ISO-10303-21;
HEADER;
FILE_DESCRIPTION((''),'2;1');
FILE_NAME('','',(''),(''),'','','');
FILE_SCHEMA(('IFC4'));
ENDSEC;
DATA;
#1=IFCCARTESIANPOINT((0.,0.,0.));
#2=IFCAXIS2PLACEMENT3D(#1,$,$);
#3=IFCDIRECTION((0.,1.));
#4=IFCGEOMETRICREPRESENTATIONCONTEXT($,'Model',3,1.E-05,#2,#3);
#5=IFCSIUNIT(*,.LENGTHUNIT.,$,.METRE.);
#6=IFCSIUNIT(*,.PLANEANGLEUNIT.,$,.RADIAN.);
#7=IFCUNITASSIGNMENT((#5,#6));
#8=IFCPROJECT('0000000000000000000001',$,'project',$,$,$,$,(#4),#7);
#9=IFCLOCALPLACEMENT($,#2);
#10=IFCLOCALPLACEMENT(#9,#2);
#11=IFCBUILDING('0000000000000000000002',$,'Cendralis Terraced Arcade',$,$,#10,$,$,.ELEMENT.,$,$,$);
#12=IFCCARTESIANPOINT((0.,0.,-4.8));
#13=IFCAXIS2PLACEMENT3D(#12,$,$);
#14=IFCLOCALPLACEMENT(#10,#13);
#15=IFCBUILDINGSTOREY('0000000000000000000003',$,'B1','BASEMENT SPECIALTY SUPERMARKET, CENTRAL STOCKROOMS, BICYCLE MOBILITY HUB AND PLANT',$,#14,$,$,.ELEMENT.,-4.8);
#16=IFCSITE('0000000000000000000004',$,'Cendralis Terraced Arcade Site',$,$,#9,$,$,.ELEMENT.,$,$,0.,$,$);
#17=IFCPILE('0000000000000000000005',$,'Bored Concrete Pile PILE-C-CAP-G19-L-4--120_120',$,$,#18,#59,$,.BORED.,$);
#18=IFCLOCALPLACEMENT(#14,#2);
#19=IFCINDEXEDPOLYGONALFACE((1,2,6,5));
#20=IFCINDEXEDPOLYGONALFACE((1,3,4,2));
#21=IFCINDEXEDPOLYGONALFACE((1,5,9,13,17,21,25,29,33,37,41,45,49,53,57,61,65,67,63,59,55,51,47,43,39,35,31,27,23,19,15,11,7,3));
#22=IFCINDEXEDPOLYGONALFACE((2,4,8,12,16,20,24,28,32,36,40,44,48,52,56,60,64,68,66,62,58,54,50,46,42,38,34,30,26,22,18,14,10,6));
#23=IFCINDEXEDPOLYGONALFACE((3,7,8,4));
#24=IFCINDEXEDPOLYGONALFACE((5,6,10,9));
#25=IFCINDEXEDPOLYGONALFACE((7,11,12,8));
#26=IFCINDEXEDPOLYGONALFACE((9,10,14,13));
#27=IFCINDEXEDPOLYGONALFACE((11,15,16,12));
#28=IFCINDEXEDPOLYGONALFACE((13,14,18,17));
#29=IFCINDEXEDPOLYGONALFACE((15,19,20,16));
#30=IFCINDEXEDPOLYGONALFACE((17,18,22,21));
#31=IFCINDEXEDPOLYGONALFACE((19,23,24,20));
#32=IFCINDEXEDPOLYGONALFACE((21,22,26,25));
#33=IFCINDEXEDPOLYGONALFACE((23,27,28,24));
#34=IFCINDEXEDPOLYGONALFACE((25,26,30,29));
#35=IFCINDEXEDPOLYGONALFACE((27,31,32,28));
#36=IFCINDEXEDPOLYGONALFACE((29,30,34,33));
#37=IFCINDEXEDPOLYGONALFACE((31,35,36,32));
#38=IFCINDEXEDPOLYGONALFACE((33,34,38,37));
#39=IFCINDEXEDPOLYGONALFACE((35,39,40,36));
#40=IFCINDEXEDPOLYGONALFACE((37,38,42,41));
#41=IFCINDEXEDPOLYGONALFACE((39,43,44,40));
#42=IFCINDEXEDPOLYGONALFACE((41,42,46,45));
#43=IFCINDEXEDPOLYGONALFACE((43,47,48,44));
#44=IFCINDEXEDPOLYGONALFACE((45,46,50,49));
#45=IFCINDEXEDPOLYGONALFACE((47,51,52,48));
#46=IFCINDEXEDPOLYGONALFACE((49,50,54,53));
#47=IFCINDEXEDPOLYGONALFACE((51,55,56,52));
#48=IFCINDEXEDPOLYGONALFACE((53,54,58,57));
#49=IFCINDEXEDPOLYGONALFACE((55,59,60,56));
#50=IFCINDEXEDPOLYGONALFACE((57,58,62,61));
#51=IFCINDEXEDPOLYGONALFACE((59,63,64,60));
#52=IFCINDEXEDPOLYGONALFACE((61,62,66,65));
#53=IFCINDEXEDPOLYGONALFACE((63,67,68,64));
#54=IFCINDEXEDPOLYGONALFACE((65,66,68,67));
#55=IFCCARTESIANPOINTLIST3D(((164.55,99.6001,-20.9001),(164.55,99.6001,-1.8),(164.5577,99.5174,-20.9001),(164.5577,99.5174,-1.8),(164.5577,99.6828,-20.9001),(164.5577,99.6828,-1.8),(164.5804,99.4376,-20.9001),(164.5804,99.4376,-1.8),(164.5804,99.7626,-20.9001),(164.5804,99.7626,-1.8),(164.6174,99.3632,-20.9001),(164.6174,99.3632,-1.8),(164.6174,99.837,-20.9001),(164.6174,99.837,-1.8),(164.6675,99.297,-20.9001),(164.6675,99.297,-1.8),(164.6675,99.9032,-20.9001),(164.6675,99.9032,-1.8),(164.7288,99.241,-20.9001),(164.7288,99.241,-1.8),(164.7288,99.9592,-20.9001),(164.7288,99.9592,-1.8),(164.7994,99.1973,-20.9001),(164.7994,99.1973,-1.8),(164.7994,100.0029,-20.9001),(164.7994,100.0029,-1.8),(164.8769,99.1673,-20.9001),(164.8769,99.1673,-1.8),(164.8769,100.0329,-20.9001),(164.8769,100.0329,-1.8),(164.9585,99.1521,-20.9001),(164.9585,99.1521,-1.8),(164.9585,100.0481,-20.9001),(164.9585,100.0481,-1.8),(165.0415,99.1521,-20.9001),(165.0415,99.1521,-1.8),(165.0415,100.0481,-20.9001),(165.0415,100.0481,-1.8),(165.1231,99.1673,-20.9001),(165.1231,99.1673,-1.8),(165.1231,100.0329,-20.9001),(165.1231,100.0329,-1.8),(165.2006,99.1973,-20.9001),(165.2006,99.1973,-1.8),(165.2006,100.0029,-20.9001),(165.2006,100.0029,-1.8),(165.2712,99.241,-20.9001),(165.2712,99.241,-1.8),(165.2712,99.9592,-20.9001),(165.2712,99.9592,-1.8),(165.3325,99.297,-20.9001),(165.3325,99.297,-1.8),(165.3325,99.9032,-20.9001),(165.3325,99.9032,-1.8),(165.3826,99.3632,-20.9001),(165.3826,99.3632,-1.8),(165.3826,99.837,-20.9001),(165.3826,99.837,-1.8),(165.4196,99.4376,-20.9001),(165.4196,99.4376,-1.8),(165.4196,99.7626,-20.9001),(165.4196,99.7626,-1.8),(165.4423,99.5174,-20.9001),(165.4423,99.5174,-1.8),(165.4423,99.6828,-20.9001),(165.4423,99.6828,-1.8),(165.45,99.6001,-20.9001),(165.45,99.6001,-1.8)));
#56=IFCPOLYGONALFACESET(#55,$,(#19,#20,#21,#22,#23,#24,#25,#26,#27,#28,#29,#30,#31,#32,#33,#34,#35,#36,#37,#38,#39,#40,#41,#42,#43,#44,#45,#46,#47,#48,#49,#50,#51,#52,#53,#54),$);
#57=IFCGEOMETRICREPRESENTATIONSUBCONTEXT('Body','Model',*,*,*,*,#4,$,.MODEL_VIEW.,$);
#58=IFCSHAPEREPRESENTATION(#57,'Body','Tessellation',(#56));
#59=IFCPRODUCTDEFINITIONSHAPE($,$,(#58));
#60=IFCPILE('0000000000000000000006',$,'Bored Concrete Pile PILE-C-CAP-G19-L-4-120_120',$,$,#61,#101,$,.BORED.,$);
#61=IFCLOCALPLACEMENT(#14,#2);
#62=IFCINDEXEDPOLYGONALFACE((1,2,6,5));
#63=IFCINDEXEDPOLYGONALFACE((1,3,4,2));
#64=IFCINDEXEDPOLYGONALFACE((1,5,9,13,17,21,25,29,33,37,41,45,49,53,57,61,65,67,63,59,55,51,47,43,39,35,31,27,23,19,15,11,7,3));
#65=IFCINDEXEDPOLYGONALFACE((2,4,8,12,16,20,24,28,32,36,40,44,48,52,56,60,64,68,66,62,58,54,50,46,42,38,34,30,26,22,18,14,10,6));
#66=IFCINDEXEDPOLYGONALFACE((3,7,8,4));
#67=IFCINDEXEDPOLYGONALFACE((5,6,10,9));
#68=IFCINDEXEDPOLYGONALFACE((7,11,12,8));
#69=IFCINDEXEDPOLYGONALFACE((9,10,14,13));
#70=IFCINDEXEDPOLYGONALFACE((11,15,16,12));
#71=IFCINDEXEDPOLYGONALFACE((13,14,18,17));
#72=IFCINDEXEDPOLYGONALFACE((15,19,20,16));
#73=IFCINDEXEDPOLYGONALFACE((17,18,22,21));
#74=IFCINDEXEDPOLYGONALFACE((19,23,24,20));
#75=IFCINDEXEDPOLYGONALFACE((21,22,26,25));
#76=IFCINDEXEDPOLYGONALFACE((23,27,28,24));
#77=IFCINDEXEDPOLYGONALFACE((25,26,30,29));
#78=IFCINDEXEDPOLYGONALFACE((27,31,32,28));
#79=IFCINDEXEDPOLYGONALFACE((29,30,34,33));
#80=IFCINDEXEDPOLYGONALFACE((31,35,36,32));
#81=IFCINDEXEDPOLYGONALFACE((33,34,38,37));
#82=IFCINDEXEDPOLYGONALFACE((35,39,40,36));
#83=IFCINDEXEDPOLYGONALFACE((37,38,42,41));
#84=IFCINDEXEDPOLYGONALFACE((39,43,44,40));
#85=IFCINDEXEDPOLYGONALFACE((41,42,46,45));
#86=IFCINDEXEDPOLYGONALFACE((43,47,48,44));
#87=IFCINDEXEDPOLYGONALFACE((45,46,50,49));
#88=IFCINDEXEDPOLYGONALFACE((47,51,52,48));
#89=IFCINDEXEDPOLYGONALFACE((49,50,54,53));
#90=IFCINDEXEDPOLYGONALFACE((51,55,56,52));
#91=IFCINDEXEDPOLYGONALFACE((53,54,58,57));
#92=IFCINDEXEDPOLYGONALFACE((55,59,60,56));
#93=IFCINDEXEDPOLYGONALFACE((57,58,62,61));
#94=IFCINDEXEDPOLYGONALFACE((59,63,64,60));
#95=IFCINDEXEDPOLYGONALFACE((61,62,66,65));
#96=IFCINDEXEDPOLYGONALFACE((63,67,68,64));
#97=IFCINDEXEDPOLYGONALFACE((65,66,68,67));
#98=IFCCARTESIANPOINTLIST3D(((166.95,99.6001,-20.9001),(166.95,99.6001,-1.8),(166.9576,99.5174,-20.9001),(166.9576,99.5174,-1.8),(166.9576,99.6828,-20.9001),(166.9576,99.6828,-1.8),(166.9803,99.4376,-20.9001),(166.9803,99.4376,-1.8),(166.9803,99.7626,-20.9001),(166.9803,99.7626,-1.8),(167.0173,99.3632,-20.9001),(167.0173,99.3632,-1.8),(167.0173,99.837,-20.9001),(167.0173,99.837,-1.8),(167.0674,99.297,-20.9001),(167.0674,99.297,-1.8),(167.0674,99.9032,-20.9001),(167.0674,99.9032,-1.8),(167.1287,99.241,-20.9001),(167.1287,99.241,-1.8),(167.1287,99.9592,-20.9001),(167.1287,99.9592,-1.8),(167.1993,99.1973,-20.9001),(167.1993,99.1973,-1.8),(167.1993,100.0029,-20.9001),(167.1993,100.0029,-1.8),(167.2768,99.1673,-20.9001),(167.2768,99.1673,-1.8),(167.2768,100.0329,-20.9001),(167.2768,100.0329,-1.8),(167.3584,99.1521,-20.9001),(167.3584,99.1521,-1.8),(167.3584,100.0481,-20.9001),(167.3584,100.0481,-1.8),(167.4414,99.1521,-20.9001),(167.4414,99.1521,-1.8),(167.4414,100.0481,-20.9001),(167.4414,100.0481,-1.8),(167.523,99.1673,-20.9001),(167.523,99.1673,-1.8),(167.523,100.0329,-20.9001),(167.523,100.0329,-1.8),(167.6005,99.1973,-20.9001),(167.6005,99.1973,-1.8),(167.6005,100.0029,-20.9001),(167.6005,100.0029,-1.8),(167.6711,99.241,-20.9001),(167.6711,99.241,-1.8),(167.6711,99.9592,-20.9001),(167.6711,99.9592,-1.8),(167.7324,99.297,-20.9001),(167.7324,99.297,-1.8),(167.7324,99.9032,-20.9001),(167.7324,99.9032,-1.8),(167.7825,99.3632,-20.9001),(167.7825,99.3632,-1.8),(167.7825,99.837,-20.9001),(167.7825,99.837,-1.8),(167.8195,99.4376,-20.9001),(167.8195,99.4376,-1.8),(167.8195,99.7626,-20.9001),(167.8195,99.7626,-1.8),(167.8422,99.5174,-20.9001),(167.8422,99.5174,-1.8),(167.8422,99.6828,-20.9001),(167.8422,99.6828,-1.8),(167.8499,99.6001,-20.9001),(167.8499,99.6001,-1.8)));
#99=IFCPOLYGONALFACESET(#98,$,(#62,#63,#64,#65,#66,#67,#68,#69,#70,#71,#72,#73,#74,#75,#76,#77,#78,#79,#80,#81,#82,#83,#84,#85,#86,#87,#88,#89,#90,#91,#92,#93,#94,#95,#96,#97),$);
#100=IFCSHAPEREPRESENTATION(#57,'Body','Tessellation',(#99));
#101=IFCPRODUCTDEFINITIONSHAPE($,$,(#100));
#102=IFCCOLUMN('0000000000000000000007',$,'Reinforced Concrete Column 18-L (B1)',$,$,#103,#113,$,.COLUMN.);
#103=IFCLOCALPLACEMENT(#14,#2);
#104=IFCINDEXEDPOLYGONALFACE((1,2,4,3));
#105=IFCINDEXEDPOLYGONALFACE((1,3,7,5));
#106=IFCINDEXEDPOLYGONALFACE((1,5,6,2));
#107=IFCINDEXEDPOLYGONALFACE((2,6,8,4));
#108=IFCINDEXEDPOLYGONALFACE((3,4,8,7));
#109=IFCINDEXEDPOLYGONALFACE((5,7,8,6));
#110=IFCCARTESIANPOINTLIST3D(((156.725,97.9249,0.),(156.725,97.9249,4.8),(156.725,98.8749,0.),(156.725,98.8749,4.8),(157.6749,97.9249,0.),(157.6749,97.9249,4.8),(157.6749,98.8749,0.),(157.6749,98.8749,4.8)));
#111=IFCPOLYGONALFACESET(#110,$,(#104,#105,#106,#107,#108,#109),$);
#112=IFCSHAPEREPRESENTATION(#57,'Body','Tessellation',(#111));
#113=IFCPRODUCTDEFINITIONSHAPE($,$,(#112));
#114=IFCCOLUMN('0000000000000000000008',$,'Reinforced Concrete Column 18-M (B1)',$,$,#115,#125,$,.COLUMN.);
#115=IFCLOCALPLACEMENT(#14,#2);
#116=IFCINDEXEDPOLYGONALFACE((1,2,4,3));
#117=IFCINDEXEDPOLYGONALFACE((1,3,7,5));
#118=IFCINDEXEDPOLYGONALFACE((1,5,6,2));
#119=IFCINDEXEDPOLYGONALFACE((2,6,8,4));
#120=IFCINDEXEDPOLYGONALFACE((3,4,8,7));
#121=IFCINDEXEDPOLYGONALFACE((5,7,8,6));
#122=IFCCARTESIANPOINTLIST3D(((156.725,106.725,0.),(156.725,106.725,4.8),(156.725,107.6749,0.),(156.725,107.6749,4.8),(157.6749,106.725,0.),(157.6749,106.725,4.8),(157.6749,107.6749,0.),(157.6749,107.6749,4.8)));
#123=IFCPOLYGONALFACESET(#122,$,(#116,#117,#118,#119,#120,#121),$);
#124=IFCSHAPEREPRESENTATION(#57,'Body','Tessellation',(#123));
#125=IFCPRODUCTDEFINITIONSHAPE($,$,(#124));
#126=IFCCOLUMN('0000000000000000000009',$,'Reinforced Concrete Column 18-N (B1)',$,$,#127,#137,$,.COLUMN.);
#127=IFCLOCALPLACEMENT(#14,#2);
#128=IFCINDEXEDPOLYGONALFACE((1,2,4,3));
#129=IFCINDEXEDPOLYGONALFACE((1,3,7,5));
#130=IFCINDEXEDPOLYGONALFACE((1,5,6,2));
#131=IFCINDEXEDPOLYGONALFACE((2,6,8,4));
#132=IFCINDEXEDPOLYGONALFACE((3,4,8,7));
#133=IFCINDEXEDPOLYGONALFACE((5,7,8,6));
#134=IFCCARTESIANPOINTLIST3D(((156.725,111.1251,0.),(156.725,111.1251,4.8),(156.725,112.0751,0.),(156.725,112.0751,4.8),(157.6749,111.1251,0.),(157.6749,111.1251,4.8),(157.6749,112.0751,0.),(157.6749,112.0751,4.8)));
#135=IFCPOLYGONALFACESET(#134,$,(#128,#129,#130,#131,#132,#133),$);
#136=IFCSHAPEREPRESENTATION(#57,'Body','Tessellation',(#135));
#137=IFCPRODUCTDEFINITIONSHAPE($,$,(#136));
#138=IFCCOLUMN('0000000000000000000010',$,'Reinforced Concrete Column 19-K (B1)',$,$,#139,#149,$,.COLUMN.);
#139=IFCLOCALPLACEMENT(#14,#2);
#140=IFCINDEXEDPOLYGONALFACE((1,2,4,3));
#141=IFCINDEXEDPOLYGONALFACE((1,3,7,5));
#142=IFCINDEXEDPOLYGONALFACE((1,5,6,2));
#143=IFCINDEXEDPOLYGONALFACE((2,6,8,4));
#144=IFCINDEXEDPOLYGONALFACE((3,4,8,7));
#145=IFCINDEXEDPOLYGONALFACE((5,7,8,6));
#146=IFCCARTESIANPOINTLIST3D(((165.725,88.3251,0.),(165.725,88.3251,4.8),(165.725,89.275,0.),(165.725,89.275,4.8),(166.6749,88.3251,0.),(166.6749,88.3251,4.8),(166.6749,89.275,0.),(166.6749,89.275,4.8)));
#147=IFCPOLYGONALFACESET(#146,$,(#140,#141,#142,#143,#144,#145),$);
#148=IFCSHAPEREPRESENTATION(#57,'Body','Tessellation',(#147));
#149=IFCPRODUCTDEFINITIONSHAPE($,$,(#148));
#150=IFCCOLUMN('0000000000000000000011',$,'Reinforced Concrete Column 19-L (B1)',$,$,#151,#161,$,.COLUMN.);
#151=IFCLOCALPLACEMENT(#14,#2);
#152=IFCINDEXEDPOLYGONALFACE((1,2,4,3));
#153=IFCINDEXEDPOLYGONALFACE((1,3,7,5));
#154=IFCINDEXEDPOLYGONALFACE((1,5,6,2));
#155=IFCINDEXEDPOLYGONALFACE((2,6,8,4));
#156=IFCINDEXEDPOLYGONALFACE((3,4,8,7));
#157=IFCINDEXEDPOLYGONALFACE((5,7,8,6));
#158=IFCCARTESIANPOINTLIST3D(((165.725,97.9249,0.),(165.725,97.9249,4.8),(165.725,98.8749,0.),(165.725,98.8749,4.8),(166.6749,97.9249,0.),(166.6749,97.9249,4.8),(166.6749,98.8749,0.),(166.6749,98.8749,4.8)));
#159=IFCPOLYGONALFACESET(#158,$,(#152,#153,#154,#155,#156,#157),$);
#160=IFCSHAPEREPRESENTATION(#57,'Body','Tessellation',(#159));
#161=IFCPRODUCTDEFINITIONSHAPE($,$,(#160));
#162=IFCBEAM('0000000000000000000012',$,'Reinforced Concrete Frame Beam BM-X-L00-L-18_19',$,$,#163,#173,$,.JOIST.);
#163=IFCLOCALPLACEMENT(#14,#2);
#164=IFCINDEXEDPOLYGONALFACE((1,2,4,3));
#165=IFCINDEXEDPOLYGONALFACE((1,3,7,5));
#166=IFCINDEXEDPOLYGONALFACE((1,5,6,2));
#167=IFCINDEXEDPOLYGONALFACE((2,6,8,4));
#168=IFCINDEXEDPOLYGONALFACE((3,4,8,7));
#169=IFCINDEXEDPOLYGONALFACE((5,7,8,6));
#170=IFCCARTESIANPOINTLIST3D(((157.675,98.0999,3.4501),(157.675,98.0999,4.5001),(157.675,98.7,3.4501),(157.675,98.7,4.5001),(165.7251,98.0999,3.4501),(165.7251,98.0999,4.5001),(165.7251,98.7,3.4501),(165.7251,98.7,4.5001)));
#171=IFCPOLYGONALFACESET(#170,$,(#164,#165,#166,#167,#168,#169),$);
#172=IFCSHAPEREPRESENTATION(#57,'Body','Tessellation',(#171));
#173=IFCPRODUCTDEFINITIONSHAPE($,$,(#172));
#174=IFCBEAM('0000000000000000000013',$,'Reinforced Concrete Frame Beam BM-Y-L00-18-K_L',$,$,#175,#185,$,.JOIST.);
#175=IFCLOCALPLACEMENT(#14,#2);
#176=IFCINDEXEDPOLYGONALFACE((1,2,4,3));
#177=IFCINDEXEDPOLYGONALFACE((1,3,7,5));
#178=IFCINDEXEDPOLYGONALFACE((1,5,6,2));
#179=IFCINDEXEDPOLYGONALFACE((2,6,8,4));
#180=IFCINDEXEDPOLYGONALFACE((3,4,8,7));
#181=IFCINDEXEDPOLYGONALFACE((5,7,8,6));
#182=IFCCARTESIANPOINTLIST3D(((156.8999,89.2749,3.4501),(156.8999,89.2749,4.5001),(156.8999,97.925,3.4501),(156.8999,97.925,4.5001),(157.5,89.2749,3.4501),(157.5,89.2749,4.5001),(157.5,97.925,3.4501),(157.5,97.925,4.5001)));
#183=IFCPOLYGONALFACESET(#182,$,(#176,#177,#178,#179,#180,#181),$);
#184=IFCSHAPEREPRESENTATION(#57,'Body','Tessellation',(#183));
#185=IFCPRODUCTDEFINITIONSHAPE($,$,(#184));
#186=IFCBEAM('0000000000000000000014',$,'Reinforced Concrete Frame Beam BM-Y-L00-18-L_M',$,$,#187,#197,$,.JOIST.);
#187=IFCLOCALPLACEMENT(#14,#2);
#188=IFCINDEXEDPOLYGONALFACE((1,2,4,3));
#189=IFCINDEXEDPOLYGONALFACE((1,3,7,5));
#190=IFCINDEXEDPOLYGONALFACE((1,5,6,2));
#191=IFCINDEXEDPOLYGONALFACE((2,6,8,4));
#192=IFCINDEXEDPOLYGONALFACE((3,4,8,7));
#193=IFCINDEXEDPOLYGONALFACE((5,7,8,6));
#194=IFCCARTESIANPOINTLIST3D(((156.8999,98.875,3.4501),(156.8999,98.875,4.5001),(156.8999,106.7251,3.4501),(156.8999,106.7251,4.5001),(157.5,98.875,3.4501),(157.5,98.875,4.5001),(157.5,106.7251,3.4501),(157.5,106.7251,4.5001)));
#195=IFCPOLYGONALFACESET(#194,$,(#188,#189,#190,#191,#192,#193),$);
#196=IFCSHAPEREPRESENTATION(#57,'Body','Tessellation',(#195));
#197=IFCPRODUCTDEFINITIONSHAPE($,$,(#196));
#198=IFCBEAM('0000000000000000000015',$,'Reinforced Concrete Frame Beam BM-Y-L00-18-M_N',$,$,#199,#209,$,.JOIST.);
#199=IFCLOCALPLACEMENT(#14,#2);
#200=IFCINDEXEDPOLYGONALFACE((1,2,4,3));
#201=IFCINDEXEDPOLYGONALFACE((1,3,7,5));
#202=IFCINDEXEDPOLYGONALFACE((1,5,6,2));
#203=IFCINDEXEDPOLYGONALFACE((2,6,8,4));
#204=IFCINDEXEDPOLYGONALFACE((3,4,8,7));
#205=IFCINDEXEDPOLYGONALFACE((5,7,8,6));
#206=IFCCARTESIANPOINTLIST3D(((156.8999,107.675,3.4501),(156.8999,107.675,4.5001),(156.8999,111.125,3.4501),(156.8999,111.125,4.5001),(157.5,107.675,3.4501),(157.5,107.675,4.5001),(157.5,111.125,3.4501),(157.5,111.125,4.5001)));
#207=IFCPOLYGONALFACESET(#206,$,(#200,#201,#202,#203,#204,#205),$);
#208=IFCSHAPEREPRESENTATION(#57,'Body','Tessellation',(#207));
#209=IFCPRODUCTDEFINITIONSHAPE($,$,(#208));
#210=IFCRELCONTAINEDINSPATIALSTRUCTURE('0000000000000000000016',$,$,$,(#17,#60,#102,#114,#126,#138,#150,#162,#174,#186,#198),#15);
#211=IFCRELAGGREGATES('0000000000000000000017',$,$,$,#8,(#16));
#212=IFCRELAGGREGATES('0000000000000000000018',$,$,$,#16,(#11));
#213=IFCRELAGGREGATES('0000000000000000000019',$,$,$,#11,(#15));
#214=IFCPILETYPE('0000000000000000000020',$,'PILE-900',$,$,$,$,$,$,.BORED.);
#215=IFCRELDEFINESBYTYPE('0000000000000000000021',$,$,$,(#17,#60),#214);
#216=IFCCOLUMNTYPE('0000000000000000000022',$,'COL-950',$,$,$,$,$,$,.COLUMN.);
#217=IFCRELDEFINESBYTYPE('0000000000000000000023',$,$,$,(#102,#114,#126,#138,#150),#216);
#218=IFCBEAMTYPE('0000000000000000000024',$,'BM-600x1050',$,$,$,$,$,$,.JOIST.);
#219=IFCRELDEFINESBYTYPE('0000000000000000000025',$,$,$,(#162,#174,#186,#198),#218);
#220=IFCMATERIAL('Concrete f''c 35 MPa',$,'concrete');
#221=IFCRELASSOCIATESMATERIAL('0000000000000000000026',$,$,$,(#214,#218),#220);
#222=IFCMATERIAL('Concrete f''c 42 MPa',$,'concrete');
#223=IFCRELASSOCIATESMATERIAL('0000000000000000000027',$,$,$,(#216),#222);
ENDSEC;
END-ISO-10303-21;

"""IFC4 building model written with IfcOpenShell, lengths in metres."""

from ifc_helpers import new_model, si_unit, direction, frame, origin, origin_2d, place, context, subcontext, project, spatial, rectangle, circle, extrude, material, material_profile, profile_set, type_object, element, save


model = new_model("IFC4")

# Units and contexts
model_context = context("Model", 3, precision=1e-05, world=origin(), true_north=direction((0.0, 1.0)))
body_context = subcontext(model_context, "Body", "Model", "MODEL_VIEW")
ifc_project = project(units=[si_unit("LENGTHUNIT", "METRE"), si_unit("PLANEANGLEUNIT", "RADIAN")], contexts=[model_context])

# Site, building, storey
site_placement = place(None, origin())
site = spatial("IfcSite", under=ifc_project, at=site_placement, Name="Cendralis Terraced Arcade Site", CompositionType="ELEMENT", RefElevation=0.0)
building_placement = place(site_placement, origin())
building = spatial("IfcBuilding", under=site, at=building_placement, Name="Cendralis Terraced Arcade", CompositionType="ELEMENT")
storey_placement = place(building_placement, frame((0.0, 0.0, -4.8)))
storey = spatial("IfcBuildingStorey", under=building, at=storey_placement, Name="B1", Description="BASEMENT SPECIALTY SUPERMARKET, CENTRAL STOCKROOMS, BICYCLE MOBILITY HUB AND PLANT", CompositionType="ELEMENT", Elevation=-4.8)

# Shared definitions
ifc_material_1 = material(Name="Concrete f'c 35 MPa", Category="concrete")

# Piles
ifc_material_profile_1 = material_profile(ifc_material_1, circle(Radius=0.45, at=origin_2d()), Name="PILE-D900", Category="LoadBearing")
ifc_profile_set_1 = profile_set([ifc_material_profile_1], Name="Concrete f'c 35 MPa")
pile_type_1 = type_object("IfcPileType", Name="PILE-900", PredefinedType="BORED", material=ifc_profile_set_1)
for number, where, z_axis, x_axis, name in (
    (1, (165.0, 99.6001, -1.8), (0.0, 0.0, -1.0), (1.0, 0.0, 0.0), "Bored Concrete Pile PILE-C-CAP-G19-L-4--120_120"),
    (2, (167.3999, 99.6001, -1.8), (0.0, 0.0, -1.0), (1.0, 0.0, 0.0), "Bored Concrete Pile PILE-C-CAP-G19-L-4-120_120"),
):
    element("IfcPile", number, at=place(storey_placement, frame(where, z_axis=z_axis, x_axis=x_axis)), inside=storey, type_object=pile_type_1, Name=name, PredefinedType="BORED", context=body_context, shape_type="SweptSolid", body=[
        extrude(circle(Radius=0.45, at=origin_2d()), origin(), (0.0, 0.0, 1.0), 19.1001),
    ])

# Columns
ifc_material_2 = material(Name="Concrete f'c 42 MPa", Category="concrete")
ifc_material_profile_2 = material_profile(ifc_material_2, rectangle(XDim=0.95, YDim=0.95, at=origin_2d()), Name="RC-COL-950x950", Category="LoadBearing")
ifc_profile_set_2 = profile_set([ifc_material_profile_2], Name="Concrete f'c 42 MPa")
column_type = type_object("IfcColumnType", Name="COL-950", PredefinedType="COLUMN", material=ifc_profile_set_2)
for number, where, z_axis, x_axis, name in (
    (3, (157.2, 98.3999, 0.0), (0.0, 0.0, 1.0), (1.0, 0.0, 0.0), "Reinforced Concrete Column 18-L (B1)"),
    (4, (157.2, 107.2, 0.0), (0.0, 0.0, 1.0), (1.0, 0.0, 0.0), "Reinforced Concrete Column 18-M (B1)"),
    (5, (157.2, 111.6001, 0.0), (0.0, 0.0, 1.0), (1.0, 0.0, 0.0), "Reinforced Concrete Column 18-N (B1)"),
    (6, (166.2, 88.8, 0.0), (0.0, 0.0, 1.0), (1.0, 0.0, 0.0), "Reinforced Concrete Column 19-K (B1)"),
    (7, (166.2, 98.3999, 0.0), (0.0, 0.0, 1.0), (1.0, 0.0, 0.0), "Reinforced Concrete Column 19-L (B1)"),
):
    element("IfcColumn", number, at=place(storey_placement, frame(where, z_axis=z_axis, x_axis=x_axis)), inside=storey, type_object=column_type, Name=name, PredefinedType="COLUMN", context=body_context, shape_type="SweptSolid", body=[
        extrude(rectangle(XDim=0.95, YDim=0.95, at=origin_2d()), origin(), (0.0, 0.0, 1.0), 4.8),
    ])

# Beams
ifc_material_profile_3 = material_profile(ifc_material_1, rectangle(XDim=0.6001, YDim=1.05, at=origin_2d()), Name="RC-BM-600x1050", Category="LoadBearing")
ifc_profile_set_3 = profile_set([ifc_material_profile_3], Name="Concrete f'c 35 MPa")
beam_type = type_object("IfcBeamType", Name="BM-600x1050", PredefinedType="JOIST", material=ifc_profile_set_3)
beam_1_placement = place(storey_placement, frame((157.675, 98.3999, 3.9751), z_axis=(1.0, 0.0, 0.0), x_axis=(0.0, 1.0, 0.0)))
element("IfcBeam", 8, at=beam_1_placement, inside=storey, type_object=beam_type, Name="Reinforced Concrete Frame Beam BM-X-L00-L-18_19", PredefinedType="JOIST", context=body_context, shape_type="SweptSolid", body=[
    extrude(rectangle(XDim=0.6001, YDim=1.05, at=origin_2d()), origin(), (0.0, 0.0, 1.0), 8.05),
])
beam_2_placement = place(storey_placement, frame((157.2, 89.2749, 3.9751), z_axis=(0.0, 1.0, 0.0), x_axis=(-1.0, 0.0, 0.0)))
element("IfcBeam", 9, at=beam_2_placement, inside=storey, type_object=beam_type, Name="Reinforced Concrete Frame Beam BM-Y-L00-18-K_L", PredefinedType="JOIST", context=body_context, shape_type="SweptSolid", body=[
    extrude(rectangle(XDim=0.6001, YDim=1.05, at=origin_2d()), origin(), (0.0, 0.0, 1.0), 8.6501),
])
beam_3_placement = place(storey_placement, frame((157.2, 98.875, 3.9751), z_axis=(0.0, 1.0, 0.0), x_axis=(-1.0, 0.0, 0.0)))
element("IfcBeam", 10, at=beam_3_placement, inside=storey, type_object=beam_type, Name="Reinforced Concrete Frame Beam BM-Y-L00-18-L_M", PredefinedType="JOIST", context=body_context, shape_type="SweptSolid", body=[
    extrude(rectangle(XDim=0.6001, YDim=1.05, at=origin_2d()), origin(), (0.0, 0.0, 1.0), 7.8501),
])
beam_4_placement = place(storey_placement, frame((157.2, 107.675, 3.9751), z_axis=(0.0, 1.0, 0.0), x_axis=(-1.0, 0.0, 0.0)))
element("IfcBeam", 11, at=beam_4_placement, inside=storey, type_object=beam_type, Name="Reinforced Concrete Frame Beam BM-Y-L00-18-M_N", PredefinedType="JOIST", context=body_context, shape_type="SweptSolid", body=[
    extrude(rectangle(XDim=0.6001, YDim=1.05, at=origin_2d()), origin(), (0.0, 0.0, 1.0), 3.45),
])

save(model, "model.ifc")
